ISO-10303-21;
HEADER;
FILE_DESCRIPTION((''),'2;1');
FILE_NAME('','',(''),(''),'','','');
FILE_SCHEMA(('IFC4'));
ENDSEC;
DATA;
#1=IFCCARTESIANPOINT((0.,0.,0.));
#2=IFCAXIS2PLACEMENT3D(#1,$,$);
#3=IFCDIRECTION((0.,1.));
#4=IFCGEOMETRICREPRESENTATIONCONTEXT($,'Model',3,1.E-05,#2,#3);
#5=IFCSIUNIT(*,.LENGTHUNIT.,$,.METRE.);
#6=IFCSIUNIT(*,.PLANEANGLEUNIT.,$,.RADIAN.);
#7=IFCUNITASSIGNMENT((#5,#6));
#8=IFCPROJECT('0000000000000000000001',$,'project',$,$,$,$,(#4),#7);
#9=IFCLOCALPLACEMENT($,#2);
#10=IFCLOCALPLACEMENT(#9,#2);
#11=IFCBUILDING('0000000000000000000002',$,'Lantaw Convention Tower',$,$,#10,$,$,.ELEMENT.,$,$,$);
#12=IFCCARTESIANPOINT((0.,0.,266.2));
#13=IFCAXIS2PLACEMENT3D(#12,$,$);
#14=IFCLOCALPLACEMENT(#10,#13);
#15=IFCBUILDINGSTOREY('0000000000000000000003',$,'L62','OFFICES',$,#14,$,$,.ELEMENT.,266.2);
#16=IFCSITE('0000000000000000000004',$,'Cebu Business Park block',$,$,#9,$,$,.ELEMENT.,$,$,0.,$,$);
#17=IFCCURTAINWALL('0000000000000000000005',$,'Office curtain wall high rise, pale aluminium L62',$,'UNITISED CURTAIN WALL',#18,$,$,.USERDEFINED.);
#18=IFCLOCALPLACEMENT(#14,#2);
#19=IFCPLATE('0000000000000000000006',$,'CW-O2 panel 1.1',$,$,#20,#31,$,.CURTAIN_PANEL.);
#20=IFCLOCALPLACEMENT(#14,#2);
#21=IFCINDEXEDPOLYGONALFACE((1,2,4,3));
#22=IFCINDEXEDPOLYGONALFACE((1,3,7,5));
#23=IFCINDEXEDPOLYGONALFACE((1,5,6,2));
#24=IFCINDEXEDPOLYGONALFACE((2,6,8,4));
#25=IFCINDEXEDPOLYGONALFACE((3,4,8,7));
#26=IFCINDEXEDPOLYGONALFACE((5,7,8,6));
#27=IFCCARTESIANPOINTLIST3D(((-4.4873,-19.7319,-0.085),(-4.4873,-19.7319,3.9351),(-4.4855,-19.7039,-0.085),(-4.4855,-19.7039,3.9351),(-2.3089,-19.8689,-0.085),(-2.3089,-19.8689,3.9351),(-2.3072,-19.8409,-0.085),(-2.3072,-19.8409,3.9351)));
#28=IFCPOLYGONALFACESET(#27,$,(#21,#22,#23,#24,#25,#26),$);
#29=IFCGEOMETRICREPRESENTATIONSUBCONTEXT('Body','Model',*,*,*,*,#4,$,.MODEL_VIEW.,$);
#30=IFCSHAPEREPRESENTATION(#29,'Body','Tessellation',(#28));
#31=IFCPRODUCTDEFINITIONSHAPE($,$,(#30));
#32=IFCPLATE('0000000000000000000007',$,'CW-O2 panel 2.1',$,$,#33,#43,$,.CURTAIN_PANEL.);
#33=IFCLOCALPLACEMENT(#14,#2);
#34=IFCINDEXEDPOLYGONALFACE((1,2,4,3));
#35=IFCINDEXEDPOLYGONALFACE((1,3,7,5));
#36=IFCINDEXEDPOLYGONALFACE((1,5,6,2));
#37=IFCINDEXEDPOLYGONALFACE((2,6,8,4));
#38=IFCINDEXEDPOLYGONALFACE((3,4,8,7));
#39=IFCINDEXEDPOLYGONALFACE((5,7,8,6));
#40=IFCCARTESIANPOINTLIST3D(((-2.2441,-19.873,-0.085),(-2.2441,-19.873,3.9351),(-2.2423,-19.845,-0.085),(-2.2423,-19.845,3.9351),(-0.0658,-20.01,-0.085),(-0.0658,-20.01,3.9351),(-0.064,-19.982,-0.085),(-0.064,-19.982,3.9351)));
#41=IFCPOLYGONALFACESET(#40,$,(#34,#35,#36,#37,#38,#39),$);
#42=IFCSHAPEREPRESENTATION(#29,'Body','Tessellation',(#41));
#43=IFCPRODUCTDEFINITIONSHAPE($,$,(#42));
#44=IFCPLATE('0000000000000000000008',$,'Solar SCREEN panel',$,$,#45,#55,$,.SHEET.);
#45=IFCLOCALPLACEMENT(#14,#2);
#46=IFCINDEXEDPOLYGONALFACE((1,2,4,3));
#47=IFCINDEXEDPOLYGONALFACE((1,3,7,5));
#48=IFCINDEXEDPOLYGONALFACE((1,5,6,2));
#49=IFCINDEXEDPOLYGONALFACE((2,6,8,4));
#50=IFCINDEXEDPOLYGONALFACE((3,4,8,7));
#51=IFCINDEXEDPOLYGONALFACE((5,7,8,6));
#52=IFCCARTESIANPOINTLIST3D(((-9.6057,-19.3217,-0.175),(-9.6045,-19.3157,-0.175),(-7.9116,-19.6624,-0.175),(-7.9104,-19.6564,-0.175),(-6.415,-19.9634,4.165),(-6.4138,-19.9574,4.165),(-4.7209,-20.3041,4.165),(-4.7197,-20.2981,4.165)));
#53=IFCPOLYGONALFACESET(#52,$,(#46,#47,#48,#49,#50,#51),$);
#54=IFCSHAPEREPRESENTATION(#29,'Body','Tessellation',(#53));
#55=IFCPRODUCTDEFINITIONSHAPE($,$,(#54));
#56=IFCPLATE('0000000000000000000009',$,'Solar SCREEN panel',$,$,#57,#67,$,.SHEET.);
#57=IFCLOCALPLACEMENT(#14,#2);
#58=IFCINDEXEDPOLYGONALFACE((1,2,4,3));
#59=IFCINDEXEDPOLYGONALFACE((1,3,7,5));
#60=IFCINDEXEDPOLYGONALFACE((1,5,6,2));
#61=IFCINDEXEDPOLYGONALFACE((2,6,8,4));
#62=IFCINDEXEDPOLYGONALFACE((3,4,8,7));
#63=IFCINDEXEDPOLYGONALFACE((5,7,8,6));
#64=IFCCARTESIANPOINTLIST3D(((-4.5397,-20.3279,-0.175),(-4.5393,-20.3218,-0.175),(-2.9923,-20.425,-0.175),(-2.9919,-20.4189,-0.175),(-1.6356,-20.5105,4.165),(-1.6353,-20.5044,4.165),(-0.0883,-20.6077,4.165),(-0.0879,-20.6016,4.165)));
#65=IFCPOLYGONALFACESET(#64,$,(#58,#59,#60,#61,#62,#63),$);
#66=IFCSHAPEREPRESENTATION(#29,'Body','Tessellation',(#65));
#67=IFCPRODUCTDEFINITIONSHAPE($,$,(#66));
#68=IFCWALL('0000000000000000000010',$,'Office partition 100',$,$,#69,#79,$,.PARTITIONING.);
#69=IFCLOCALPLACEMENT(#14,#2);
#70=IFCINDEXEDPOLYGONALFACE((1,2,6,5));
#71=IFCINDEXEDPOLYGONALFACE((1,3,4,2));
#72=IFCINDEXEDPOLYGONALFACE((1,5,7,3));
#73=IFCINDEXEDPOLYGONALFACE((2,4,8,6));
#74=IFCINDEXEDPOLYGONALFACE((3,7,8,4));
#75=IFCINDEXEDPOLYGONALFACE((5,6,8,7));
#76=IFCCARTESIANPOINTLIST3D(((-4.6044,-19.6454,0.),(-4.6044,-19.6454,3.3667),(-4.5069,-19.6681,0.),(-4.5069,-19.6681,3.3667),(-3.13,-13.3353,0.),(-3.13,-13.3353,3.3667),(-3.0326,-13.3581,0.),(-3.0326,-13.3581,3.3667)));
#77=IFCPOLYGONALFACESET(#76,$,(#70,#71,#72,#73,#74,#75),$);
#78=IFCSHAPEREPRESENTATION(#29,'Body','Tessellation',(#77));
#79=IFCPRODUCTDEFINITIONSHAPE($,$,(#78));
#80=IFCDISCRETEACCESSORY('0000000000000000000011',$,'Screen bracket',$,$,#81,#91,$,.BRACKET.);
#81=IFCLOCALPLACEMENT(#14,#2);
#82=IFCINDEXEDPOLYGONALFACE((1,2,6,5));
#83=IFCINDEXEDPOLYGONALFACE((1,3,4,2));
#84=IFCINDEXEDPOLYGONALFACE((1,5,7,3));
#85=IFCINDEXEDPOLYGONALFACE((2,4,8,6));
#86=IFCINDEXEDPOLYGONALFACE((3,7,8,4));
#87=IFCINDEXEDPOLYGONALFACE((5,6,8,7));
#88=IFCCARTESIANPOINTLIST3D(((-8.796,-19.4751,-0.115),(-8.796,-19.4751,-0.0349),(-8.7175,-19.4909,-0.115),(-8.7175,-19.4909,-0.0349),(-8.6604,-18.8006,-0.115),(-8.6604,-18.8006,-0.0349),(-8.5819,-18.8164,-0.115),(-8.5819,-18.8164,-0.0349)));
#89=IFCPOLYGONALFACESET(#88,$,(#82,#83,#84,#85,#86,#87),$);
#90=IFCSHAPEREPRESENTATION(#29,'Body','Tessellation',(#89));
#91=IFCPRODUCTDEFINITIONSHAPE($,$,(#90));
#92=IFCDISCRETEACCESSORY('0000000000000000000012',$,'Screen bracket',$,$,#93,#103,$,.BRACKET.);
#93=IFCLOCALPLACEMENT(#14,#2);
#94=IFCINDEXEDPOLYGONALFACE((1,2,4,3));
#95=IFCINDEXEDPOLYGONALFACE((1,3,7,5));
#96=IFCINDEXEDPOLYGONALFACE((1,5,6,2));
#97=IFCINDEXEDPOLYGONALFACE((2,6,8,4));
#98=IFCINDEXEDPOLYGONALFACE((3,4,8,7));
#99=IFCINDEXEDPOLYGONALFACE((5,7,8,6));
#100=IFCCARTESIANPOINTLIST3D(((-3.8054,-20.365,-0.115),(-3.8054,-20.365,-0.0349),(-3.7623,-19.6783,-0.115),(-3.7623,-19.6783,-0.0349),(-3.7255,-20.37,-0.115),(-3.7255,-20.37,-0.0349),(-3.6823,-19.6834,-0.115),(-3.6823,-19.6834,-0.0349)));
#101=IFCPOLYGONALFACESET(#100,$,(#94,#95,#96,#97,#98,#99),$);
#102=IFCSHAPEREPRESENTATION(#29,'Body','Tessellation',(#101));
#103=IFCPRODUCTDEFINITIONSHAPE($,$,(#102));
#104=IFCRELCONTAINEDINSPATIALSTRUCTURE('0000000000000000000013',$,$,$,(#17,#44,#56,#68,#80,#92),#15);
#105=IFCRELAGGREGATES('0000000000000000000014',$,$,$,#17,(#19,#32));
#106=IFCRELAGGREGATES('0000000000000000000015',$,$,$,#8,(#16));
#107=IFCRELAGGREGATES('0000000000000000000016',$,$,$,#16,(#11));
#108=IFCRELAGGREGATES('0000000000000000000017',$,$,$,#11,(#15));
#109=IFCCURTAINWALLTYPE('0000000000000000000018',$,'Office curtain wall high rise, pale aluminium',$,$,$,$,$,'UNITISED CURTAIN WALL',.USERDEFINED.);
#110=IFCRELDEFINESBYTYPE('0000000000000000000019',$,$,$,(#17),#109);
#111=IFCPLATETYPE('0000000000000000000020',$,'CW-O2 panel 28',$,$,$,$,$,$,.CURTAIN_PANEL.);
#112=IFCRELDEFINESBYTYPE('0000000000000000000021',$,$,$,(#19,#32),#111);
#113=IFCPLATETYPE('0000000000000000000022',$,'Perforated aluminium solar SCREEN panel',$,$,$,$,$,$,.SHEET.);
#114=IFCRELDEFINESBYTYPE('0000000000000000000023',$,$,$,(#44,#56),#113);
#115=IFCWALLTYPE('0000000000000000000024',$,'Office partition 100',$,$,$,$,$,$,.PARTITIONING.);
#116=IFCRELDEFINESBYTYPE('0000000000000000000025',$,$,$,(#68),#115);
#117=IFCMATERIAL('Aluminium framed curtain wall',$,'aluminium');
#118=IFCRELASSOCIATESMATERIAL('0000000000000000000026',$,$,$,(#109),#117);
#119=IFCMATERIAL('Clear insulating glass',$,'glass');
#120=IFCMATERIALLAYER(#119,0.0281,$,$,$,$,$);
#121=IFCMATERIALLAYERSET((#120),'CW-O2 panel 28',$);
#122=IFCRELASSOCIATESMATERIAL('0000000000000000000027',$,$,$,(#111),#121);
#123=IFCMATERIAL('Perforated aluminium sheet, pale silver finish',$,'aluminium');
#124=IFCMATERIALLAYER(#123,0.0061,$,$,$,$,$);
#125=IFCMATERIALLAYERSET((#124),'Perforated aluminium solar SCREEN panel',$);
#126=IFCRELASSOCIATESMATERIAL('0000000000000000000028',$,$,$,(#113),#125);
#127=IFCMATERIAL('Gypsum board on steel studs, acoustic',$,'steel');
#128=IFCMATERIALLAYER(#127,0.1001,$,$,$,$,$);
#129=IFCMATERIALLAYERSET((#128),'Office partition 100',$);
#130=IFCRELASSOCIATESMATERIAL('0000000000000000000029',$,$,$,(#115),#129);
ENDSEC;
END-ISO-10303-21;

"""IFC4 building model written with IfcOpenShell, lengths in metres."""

from ifc_helpers import new_model, si_unit, direction, frame, frame_2d, origin, origin_2d, place, context, subcontext, project, spatial, polyline, rectangle, outline, extrude, material, layer, layer_set, type_object, element, aggregate, save


model = new_model("IFC4")

# Units and contexts
model_context = context("Model", 3, precision=1e-05, world=origin(), true_north=direction((0.0, 1.0)))
body_context = subcontext(model_context, "Body", "Model", "MODEL_VIEW")
ifc_project = project(units=[si_unit("LENGTHUNIT", "METRE"), si_unit("PLANEANGLEUNIT", "RADIAN")], contexts=[model_context])

# Site, building, storey
site_placement = place(None, origin())
site = spatial("IfcSite", under=ifc_project, at=site_placement, Name="Cebu Business Park block", CompositionType="ELEMENT", RefElevation=0.0)
building_placement = place(site_placement, origin())
building = spatial("IfcBuilding", under=site, at=building_placement, Name="Lantaw Convention Tower", CompositionType="ELEMENT")
storey_placement = place(building_placement, frame((0.0, 0.0, 266.2)))
storey = spatial("IfcBuildingStorey", under=building, at=storey_placement, Name="L62", Description="OFFICES", CompositionType="ELEMENT", Elevation=266.2)

# Curtain wall
ifc_material_1 = material(Name="Aluminium framed curtain wall", Category="aluminium")
curtain_wall_type = type_object("IfcCurtainWallType", Name="Office curtain wall high rise, pale aluminium", ElementType="UNITISED CURTAIN WALL", PredefinedType="USERDEFINED", material=ifc_material_1)
curtain_wall_1_placement = place(storey_placement, origin())
curtain_wall_1 = element("IfcCurtainWall", 1, at=curtain_wall_1_placement, inside=storey, type_object=curtain_wall_type, Name="Office curtain wall high rise, pale aluminium L62", ObjectType="UNITISED CURTAIN WALL", PredefinedType="USERDEFINED")

# Plates
ifc_material_2 = material(Name="Clear insulating glass", Category="glass")
ifc_layer_1 = layer(ifc_material_2, 0.0281)
ifc_layer_set_1 = layer_set([ifc_layer_1], Name="CW-O2 panel 28")
plate_type_1 = type_object("IfcPlateType", Name="CW-O2 panel 28", PredefinedType="CURTAIN_PANEL", material=ifc_layer_set_1)
plate_1_placement = place(storey_placement, frame((-3.3972, -19.7864, -0.085), z_axis=(0.0, 0.0, 1.0), x_axis=(0.998029, -0.062758, 0.0)))
plate_1 = element("IfcPlate", 2, at=plate_1_placement, type_object=plate_type_1, Name="CW-O2 panel 1.1", PredefinedType="CURTAIN_PANEL", context=body_context, shape_type="SweptSolid", body=[
    extrude(rectangle(XDim=2.1826, YDim=0.0281, at=origin_2d()), origin(), (0.0, 0.0, 1.0), 4.02),
])
plate_2_placement = place(storey_placement, frame((-1.1541, -19.9275, -0.085), z_axis=(0.0, 0.0, 1.0), x_axis=(0.998029, -0.062758, 0.0)))
plate_2 = element("IfcPlate", 3, at=plate_2_placement, type_object=plate_type_1, Name="CW-O2 panel 2.1", PredefinedType="CURTAIN_PANEL", context=body_context, shape_type="SweptSolid", body=[
    extrude(rectangle(XDim=2.1826, YDim=0.0281, at=origin_2d()), origin(), (0.0, 0.0, 1.0), 4.02),
])
aggregate(curtain_wall_1, [plate_1, plate_2])

# Plates
ifc_material_3 = material(Name="Perforated aluminium sheet, pale silver finish", Category="aluminium")
ifc_layer_2 = layer(ifc_material_3, 0.0061)
ifc_layer_set_2 = layer_set([ifc_layer_2], Name="Perforated aluminium solar SCREEN panel")
plate_type_2 = type_object("IfcPlateType", Name="Perforated aluminium solar SCREEN panel", PredefinedType="SHEET", material=ifc_layer_set_2)
plate_3_placement = place(storey_placement, frame((-9.6045, -19.3157, -0.175), z_axis=(0.197162, 0.980371, 0.000011), x_axis=(0.980371, -0.197162, 0.0)))
element("IfcPlate", 4, at=plate_3_placement, inside=storey, type_object=plate_type_2, Name="Solar SCREEN panel", PredefinedType="SHEET", context=body_context, shape_type="SweptSolid", body=[
    extrude(outline(polyline([(0.0, 0.0), (1.728, 0.0), (4.9826, -4.3401), (3.2545, -4.3401), (0.0, 0.0)])), origin(), (0.0, 0.0, -1.0), 0.0061),
])
plate_4_placement = place(storey_placement, frame((-4.5393, -20.3218, -0.175), z_axis=(0.062672, 0.998034, 0.000059), x_axis=(0.998034, -0.062672, 0.0)))
element("IfcPlate", 5, at=plate_4_placement, inside=storey, type_object=plate_type_2, Name="Solar SCREEN panel", PredefinedType="SHEET", context=body_context, shape_type="SweptSolid", body=[
    extrude(outline(polyline([(0.0, 0.0), (1.5504, 0.0), (4.4602, -4.3401), (2.9098, -4.3401), (0.0, 0.0)])), origin(), (0.0, 0.0, -1.0), 0.0061),
])

# Wall
ifc_material_4 = material(Name="Gypsum board on steel studs, acoustic", Category="steel")
ifc_layer_3 = layer(ifc_material_4, 0.1001)
ifc_layer_set_3 = layer_set([ifc_layer_3], Name="Office partition 100")
wall_type = type_object("IfcWallType", Name="Office partition 100", PredefinedType="PARTITIONING", material=ifc_layer_set_3)
wall_placement = place(storey_placement, frame((-4.5557, -19.6567, 0.0), z_axis=(0.0, 0.0, 1.0), x_axis=(0.227525, 0.973772, 0.0)))
element("IfcWall", 6, at=wall_placement, inside=storey, type_object=wall_type, Name="Office partition 100", PredefinedType="PARTITIONING", context=body_context, shape_type="SweptSolid", body=[
    extrude(rectangle(XDim=6.48, YDim=0.1001, at=frame_2d((3.24, 0.0))), origin(), (0.0, 0.0, 1.0), 3.3667),
])

# Discrete accessories
for number, where, z_axis, x_axis, name in (
    (7, (-8.689, -19.1458, -0.115), (0.0, 0.0, 1.0), (0.980367, -0.197183, 0.0), "Screen bracket"),
    (8, (-3.7439, -20.0242, -0.115), (0.0, 0.0, 1.0), (0.998029, -0.062758, 0.0), "Screen bracket"),
):
    element("IfcDiscreteAccessory", number, at=place(storey_placement, frame(where, z_axis=z_axis, x_axis=x_axis)), inside=storey, Name=name, PredefinedType="BRACKET", context=body_context, shape_type="SweptSolid", body=[
        extrude(rectangle(XDim=0.0801, YDim=0.688, at=origin_2d()), origin(), (0.0, 0.0, 1.0), 0.0801),
    ])

save(model, "model.ifc")
